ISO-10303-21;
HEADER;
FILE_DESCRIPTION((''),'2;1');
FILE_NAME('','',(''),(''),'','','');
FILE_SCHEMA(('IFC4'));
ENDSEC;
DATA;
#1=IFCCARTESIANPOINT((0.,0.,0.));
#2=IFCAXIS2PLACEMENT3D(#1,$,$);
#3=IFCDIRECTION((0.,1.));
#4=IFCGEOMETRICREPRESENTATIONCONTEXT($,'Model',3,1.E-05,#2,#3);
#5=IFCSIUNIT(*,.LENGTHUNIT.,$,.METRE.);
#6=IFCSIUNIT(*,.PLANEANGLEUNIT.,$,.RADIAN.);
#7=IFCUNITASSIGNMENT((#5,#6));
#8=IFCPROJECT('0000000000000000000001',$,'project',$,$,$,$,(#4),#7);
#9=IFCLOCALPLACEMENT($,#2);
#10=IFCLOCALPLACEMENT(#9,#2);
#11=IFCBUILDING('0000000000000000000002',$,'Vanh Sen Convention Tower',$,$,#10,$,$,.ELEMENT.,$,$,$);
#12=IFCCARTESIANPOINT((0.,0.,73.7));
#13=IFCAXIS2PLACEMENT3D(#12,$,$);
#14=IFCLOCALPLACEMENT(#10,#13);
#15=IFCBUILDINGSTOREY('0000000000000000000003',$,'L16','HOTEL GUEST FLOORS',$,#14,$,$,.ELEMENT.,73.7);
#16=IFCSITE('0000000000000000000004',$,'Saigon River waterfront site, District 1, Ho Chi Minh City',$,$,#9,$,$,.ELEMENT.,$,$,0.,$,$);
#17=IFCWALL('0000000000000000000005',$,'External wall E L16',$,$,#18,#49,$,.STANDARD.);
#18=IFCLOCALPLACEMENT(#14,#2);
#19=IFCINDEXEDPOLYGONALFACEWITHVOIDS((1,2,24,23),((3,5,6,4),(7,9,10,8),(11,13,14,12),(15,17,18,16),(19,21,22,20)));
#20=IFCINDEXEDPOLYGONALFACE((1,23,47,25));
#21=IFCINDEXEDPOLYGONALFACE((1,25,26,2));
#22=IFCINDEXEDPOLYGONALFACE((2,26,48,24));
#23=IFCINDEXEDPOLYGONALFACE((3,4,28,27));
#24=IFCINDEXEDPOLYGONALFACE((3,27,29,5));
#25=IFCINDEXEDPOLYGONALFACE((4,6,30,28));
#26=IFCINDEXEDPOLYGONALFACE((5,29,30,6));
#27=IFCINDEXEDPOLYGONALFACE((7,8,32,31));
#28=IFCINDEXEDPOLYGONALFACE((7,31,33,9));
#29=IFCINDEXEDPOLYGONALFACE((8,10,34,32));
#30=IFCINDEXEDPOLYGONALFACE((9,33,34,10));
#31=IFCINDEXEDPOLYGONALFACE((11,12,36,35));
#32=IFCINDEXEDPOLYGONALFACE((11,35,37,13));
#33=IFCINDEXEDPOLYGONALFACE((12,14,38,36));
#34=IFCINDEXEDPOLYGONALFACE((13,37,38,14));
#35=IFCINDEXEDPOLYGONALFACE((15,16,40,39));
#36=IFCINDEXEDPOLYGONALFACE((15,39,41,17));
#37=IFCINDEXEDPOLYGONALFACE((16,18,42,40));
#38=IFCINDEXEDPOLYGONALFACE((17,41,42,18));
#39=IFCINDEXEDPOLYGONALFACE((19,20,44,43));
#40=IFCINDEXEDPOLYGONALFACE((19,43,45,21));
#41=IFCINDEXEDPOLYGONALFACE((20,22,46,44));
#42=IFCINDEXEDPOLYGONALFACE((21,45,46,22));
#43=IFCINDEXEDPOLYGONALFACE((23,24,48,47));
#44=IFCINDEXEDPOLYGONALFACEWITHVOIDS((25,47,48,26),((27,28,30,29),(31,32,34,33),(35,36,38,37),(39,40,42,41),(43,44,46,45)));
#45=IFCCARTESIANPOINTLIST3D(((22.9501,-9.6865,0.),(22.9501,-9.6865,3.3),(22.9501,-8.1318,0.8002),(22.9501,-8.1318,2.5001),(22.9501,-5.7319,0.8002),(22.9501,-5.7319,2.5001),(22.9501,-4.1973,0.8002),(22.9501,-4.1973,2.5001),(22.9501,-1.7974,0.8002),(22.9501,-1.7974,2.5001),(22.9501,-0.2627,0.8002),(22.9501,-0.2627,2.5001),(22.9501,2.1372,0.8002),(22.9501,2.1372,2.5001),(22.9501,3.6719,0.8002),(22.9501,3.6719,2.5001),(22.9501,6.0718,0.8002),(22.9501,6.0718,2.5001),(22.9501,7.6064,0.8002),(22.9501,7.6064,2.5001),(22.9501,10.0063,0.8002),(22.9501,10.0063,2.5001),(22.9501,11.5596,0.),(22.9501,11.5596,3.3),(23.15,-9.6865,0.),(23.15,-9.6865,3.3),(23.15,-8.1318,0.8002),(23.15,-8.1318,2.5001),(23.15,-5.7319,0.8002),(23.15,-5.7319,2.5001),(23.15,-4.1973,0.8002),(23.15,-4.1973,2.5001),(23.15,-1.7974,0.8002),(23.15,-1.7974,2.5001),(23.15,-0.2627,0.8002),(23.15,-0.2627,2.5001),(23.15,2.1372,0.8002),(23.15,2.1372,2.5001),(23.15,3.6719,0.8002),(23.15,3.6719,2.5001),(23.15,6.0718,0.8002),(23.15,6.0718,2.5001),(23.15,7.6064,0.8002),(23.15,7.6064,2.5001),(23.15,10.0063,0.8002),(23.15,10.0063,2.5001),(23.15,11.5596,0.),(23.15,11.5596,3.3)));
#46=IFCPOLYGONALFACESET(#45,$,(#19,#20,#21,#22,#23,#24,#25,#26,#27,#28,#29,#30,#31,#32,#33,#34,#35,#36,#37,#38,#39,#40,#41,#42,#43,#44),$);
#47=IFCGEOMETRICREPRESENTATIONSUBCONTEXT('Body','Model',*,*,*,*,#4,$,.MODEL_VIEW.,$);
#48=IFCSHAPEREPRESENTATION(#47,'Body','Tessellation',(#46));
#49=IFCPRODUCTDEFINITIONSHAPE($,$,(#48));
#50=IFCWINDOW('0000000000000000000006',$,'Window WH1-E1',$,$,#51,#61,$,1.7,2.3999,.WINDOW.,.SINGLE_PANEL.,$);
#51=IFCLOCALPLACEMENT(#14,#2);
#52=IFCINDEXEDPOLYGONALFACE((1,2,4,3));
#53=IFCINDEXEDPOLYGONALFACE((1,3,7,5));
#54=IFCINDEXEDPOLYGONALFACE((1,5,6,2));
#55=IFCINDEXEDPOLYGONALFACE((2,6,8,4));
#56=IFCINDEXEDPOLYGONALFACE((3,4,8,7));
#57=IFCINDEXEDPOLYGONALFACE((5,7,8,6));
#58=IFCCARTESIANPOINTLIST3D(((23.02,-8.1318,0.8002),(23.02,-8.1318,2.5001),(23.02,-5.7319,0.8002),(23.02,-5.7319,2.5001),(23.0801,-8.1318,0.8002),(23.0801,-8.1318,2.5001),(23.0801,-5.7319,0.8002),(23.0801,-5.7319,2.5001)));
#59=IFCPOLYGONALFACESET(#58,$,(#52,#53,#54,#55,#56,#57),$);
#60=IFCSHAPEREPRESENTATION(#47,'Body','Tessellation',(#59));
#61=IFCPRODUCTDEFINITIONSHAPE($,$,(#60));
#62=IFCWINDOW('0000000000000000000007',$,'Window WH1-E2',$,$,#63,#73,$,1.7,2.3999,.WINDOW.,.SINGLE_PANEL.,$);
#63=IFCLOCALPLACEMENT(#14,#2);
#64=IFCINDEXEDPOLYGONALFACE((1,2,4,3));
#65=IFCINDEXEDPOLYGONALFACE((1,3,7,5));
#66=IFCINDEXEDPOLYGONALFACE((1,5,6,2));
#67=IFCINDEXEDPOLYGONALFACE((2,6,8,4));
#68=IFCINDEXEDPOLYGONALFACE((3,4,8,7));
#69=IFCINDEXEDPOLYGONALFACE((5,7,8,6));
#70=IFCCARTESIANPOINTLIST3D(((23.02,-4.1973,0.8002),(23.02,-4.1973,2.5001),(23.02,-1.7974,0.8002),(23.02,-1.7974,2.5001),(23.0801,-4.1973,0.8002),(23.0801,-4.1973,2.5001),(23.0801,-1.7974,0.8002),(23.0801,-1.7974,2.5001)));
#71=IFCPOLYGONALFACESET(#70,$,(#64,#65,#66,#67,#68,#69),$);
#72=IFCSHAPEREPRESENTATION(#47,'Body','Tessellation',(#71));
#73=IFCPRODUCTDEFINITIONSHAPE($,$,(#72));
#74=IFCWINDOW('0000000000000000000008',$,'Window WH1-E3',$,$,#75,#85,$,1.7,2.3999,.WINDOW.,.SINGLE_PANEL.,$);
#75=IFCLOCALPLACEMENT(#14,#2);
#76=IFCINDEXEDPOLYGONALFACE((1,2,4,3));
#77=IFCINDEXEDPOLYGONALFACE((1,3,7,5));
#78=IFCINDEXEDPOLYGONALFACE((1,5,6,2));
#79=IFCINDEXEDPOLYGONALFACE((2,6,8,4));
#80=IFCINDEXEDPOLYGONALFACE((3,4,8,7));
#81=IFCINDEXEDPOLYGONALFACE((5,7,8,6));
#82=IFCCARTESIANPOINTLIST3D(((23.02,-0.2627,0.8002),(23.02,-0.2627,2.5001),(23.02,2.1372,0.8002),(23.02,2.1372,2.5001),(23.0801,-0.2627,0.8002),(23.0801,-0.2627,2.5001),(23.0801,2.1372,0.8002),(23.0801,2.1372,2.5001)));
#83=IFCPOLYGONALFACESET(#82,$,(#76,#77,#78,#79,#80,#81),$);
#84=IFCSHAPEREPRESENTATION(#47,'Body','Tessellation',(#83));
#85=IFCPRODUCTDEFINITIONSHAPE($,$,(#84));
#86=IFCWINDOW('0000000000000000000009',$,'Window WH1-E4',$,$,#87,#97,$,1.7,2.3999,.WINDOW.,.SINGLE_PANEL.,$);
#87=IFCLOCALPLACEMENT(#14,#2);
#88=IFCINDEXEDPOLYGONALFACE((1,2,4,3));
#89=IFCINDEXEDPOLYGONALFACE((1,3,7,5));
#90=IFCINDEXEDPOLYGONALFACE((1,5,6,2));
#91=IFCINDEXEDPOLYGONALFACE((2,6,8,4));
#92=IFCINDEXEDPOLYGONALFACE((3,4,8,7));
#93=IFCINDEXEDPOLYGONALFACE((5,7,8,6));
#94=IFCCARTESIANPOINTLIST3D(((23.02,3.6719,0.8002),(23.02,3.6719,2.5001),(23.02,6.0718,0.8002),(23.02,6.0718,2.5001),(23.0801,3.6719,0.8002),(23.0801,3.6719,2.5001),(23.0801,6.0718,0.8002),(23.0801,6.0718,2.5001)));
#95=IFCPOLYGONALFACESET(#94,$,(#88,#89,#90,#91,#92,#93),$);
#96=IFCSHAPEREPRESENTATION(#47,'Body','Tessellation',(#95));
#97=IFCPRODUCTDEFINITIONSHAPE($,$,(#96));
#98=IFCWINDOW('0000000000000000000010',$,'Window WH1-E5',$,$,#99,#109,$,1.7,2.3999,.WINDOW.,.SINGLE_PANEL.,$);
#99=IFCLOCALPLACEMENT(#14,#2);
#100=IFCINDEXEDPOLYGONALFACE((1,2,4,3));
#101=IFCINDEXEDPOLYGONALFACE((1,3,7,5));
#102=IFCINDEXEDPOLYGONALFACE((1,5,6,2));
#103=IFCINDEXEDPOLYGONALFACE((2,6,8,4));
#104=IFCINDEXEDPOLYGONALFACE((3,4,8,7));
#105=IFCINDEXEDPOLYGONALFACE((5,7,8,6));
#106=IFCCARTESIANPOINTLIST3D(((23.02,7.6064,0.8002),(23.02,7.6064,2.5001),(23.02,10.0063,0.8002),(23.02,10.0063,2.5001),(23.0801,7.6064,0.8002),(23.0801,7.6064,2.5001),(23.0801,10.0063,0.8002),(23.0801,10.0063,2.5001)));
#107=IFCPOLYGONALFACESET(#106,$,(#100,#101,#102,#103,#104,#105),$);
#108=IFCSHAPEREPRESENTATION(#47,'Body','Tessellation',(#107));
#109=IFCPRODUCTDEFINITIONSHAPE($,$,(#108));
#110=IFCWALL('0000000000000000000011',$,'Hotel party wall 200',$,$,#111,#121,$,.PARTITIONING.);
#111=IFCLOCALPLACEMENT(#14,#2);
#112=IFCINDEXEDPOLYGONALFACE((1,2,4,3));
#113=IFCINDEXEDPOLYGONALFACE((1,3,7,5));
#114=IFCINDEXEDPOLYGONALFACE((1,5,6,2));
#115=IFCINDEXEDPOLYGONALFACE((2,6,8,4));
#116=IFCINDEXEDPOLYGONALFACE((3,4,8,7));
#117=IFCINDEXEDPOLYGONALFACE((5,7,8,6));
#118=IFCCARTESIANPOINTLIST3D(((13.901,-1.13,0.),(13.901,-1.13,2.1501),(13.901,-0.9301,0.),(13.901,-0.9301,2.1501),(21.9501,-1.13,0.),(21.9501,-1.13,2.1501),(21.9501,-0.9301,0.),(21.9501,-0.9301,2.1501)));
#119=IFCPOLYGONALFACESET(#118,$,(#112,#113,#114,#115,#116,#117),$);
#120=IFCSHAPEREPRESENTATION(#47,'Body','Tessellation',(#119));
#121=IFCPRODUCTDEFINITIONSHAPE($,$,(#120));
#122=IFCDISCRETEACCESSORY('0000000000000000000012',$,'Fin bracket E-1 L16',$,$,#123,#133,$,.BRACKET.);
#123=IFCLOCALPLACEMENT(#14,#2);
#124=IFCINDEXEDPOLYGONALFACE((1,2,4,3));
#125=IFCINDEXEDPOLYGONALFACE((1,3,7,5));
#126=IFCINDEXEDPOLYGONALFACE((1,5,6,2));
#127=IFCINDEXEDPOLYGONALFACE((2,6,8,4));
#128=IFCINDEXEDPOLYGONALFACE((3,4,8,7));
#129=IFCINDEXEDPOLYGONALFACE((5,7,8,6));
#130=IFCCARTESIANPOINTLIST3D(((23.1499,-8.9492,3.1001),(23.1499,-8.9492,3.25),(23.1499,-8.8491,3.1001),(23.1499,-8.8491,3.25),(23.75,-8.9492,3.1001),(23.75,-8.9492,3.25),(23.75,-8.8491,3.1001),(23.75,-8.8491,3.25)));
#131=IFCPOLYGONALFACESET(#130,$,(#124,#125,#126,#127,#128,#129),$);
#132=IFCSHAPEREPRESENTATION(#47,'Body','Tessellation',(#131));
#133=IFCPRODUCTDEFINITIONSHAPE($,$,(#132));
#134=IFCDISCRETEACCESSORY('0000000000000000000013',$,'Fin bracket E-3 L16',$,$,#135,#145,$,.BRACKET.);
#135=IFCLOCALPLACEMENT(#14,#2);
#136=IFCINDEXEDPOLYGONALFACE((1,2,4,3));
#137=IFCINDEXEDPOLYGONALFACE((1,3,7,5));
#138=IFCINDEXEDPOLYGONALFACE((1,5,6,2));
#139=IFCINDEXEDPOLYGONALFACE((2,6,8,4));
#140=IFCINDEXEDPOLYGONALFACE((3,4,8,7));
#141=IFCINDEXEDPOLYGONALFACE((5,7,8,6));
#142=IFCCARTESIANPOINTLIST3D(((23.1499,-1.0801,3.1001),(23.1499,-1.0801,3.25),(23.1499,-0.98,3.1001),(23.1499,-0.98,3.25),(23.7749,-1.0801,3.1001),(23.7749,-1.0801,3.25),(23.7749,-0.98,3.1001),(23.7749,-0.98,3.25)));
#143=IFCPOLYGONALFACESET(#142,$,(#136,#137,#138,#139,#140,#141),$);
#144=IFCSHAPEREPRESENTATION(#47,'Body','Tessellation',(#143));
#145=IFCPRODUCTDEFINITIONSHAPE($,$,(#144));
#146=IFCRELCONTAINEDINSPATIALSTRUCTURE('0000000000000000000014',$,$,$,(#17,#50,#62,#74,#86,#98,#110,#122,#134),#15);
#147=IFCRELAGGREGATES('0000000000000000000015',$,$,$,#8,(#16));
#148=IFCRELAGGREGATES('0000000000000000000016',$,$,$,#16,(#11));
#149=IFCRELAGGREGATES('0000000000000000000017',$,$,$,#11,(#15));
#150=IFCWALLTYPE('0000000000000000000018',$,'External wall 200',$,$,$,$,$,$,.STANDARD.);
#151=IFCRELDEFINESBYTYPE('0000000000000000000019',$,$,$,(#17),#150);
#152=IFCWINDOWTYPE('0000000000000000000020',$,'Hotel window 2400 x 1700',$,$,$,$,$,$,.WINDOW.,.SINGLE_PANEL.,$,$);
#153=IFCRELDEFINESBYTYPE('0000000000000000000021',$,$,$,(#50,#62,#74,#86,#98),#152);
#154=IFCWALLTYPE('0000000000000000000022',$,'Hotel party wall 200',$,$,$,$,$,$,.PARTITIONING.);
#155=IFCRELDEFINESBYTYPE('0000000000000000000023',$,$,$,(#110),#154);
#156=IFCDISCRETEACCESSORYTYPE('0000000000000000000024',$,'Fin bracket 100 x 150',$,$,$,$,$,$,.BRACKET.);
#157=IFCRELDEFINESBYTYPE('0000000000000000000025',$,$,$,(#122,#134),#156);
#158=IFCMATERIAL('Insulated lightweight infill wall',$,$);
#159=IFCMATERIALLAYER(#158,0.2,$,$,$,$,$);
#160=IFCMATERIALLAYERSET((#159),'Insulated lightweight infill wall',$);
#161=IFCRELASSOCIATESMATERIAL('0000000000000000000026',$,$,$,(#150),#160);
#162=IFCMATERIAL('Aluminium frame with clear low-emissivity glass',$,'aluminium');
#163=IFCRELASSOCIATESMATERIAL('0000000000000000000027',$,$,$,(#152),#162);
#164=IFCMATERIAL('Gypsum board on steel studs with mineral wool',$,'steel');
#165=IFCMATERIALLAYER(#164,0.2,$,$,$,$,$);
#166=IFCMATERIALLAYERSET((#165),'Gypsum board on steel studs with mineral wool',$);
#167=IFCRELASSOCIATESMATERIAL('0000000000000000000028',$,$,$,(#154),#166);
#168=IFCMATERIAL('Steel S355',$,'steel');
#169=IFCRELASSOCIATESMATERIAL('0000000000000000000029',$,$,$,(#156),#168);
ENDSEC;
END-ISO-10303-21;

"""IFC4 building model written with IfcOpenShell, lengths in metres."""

from ifc_helpers import new_model, si_unit, direction, frame, frame_2d, origin, origin_2d, place, context, subcontext, project, spatial, rectangle, extrude, material, layer, layer_set, type_object, element, fill, save


model = new_model("IFC4")

# Units and contexts
model_context = context("Model", 3, precision=1e-05, world=origin(), true_north=direction((0.0, 1.0)))
body_context = subcontext(model_context, "Body", "Model", "MODEL_VIEW")
ifc_project = project(units=[si_unit("LENGTHUNIT", "METRE"), si_unit("PLANEANGLEUNIT", "RADIAN")], contexts=[model_context])

# Site, building, storey
site_placement = place(None, origin())
site = spatial("IfcSite", under=ifc_project, at=site_placement, Name="Saigon River waterfront site, District 1, Ho Chi Minh City", CompositionType="ELEMENT", RefElevation=0.0)
building_placement = place(site_placement, origin())
building = spatial("IfcBuilding", under=site, at=building_placement, Name="Vanh Sen Convention Tower", CompositionType="ELEMENT")
storey_placement = place(building_placement, frame((0.0, 0.0, 73.7)))
storey = spatial("IfcBuildingStorey", under=building, at=storey_placement, Name="L16", Description="HOTEL GUEST FLOORS", CompositionType="ELEMENT", Elevation=73.7)

# Wall, openings, windows
ifc_material_1 = material(Name="Insulated lightweight infill wall")
ifc_layer_1 = layer(ifc_material_1, 0.2)
ifc_layer_set_1 = layer_set([ifc_layer_1], Name="Insulated lightweight infill wall")
wall_type_1 = type_object("IfcWallType", Name="External wall 200", PredefinedType="STANDARD", material=ifc_layer_set_1)
wall_1_placement = place(storey_placement, frame((23.05, -9.6865, 0.0), z_axis=(0.0, 0.0, 1.0), x_axis=(0.0, 1.0, 0.0)))
wall_1 = element("IfcWall", 1, at=wall_1_placement, inside=storey, type_object=wall_type_1, Name="External wall E L16", PredefinedType="STANDARD", context=body_context, shape_type="SweptSolid", body=[
    extrude(rectangle(XDim=21.2461, YDim=0.2, at=frame_2d((10.623, 0.0))), origin(), (0.0, 0.0, 1.0), 3.3),
])
opening_1_placement = place(wall_1_placement, frame((1.5547, 0.0, 0.8)))
opening_1 = element("IfcOpeningElement", 2, at=opening_1_placement, cuts=wall_1, PredefinedType="OPENING", context=body_context, shape_type="SweptSolid", body=[
    extrude(rectangle(XDim=2.3999, YDim=1.7, at=frame_2d((1.2, 0.8501))), frame((0.0, 0.1099, 0.0), z_axis=(0.0, -1.0, 0.0), x_axis=(1.0, 0.0, 0.0)), (0.0, 0.0, 1.0), 0.22),
])
opening_2_placement = place(wall_1_placement, frame((5.4893, 0.0, 0.8)))
opening_2 = element("IfcOpeningElement", 3, at=opening_2_placement, cuts=wall_1, PredefinedType="OPENING", context=body_context, shape_type="SweptSolid", body=[
    extrude(rectangle(XDim=2.3999, YDim=1.7, at=frame_2d((1.2, 0.8501))), frame((0.0, 0.1099, 0.0), z_axis=(0.0, -1.0, 0.0), x_axis=(1.0, 0.0, 0.0)), (0.0, 0.0, 1.0), 0.22),
])
opening_3_placement = place(wall_1_placement, frame((9.4238, 0.0, 0.8)))
opening_3 = element("IfcOpeningElement", 4, at=opening_3_placement, cuts=wall_1, PredefinedType="OPENING", context=body_context, shape_type="SweptSolid", body=[
    extrude(rectangle(XDim=2.3999, YDim=1.7, at=frame_2d((1.2, 0.8501))), frame((0.0, 0.1099, 0.0), z_axis=(0.0, -1.0, 0.0), x_axis=(1.0, 0.0, 0.0)), (0.0, 0.0, 1.0), 0.22),
])
opening_4_placement = place(wall_1_placement, frame((13.3584, 0.0, 0.8)))
opening_4 = element("IfcOpeningElement", 5, at=opening_4_placement, cuts=wall_1, PredefinedType="OPENING", context=body_context, shape_type="SweptSolid", body=[
    extrude(rectangle(XDim=2.3999, YDim=1.7, at=frame_2d((1.2, 0.8501))), frame((0.0, 0.1099, 0.0), z_axis=(0.0, -1.0, 0.0), x_axis=(1.0, 0.0, 0.0)), (0.0, 0.0, 1.0), 0.22),
])
opening_5_placement = place(wall_1_placement, frame((17.293, 0.0, 0.8)))
opening_5 = element("IfcOpeningElement", 6, at=opening_5_placement, cuts=wall_1, PredefinedType="OPENING", context=body_context, shape_type="SweptSolid", body=[
    extrude(rectangle(XDim=2.3999, YDim=1.7, at=frame_2d((1.2, 0.8501))), frame((0.0, 0.1099, 0.0), z_axis=(0.0, -1.0, 0.0), x_axis=(1.0, 0.0, 0.0)), (0.0, 0.0, 1.0), 0.22),
])
ifc_material_2 = material(Name="Aluminium frame with clear low-emissivity glass", Category="aluminium")
window_type = type_object("IfcWindowType", Name="Hotel window 2400 x 1700", PartitioningType="SINGLE_PANEL", PredefinedType="WINDOW", material=ifc_material_2)
window_1_placement = place(opening_1_placement, origin())
window_1 = element("IfcWindow", 7, at=window_1_placement, inside=storey, type_object=window_type, Name="Window WH1-E1", OverallHeight=1.7, OverallWidth=2.3999, PartitioningType="SINGLE_PANEL", PredefinedType="WINDOW", context=body_context, shape_type="SweptSolid", body=[
    extrude(rectangle(XDim=2.3999, YDim=1.7, at=frame_2d((1.2, 0.8501))), frame((0.0, 0.03, 0.0), z_axis=(0.0, -1.0, 0.0), x_axis=(1.0, 0.0, 0.0)), (0.0, 0.0, 1.0), 0.0601),
])
fill(opening_1, window_1)
window_2_placement = place(opening_2_placement, origin())
window_2 = element("IfcWindow", 8, at=window_2_placement, inside=storey, type_object=window_type, Name="Window WH1-E2", OverallHeight=1.7, OverallWidth=2.3999, PartitioningType="SINGLE_PANEL", PredefinedType="WINDOW", context=body_context, shape_type="SweptSolid", body=[
    extrude(rectangle(XDim=2.3999, YDim=1.7, at=frame_2d((1.2, 0.8501))), frame((0.0, 0.03, 0.0), z_axis=(0.0, -1.0, 0.0), x_axis=(1.0, 0.0, 0.0)), (0.0, 0.0, 1.0), 0.0601),
])
fill(opening_2, window_2)
window_3_placement = place(opening_3_placement, origin())
window_3 = element("IfcWindow", 9, at=window_3_placement, inside=storey, type_object=window_type, Name="Window WH1-E3", OverallHeight=1.7, OverallWidth=2.3999, PartitioningType="SINGLE_PANEL", PredefinedType="WINDOW", context=body_context, shape_type="SweptSolid", body=[
    extrude(rectangle(XDim=2.3999, YDim=1.7, at=frame_2d((1.2, 0.8501))), frame((0.0, 0.03, 0.0), z_axis=(0.0, -1.0, 0.0), x_axis=(1.0, 0.0, 0.0)), (0.0, 0.0, 1.0), 0.0601),
])
fill(opening_3, window_3)
window_4_placement = place(opening_4_placement, origin())
window_4 = element("IfcWindow", 10, at=window_4_placement, inside=storey, type_object=window_type, Name="Window WH1-E4", OverallHeight=1.7, OverallWidth=2.3999, PartitioningType="SINGLE_PANEL", PredefinedType="WINDOW", context=body_context, shape_type="SweptSolid", body=[
    extrude(rectangle(XDim=2.3999, YDim=1.7, at=frame_2d((1.2, 0.8501))), frame((0.0, 0.03, 0.0), z_axis=(0.0, -1.0, 0.0), x_axis=(1.0, 0.0, 0.0)), (0.0, 0.0, 1.0), 0.0601),
])
fill(opening_4, window_4)
window_5_placement = place(opening_5_placement, origin())
window_5 = element("IfcWindow", 11, at=window_5_placement, inside=storey, type_object=window_type, Name="Window WH1-E5", OverallHeight=1.7, OverallWidth=2.3999, PartitioningType="SINGLE_PANEL", PredefinedType="WINDOW", context=body_context, shape_type="SweptSolid", body=[
    extrude(rectangle(XDim=2.3999, YDim=1.7, at=frame_2d((1.2, 0.8501))), frame((0.0, 0.03, 0.0), z_axis=(0.0, -1.0, 0.0), x_axis=(1.0, 0.0, 0.0)), (0.0, 0.0, 1.0), 0.0601),
])
fill(opening_5, window_5)

# Wall
ifc_material_3 = material(Name="Gypsum board on steel studs with mineral wool", Category="steel")
ifc_layer_2 = layer(ifc_material_3, 0.2)
ifc_layer_set_2 = layer_set([ifc_layer_2], Name="Gypsum board on steel studs with mineral wool")
wall_type_2 = type_object("IfcWallType", Name="Hotel party wall 200", PredefinedType="PARTITIONING", material=ifc_layer_set_2)
wall_2_placement = place(storey_placement, frame((21.95, -1.03, 0.0), z_axis=(0.0, 0.0, 1.0), x_axis=(-1.0, 0.0, 0.0)))
element("IfcWall", 12, at=wall_2_placement, inside=storey, type_object=wall_type_2, Name="Hotel party wall 200", PredefinedType="PARTITIONING", context=body_context, shape_type="SweptSolid", body=[
    extrude(rectangle(XDim=8.0491, YDim=0.2, at=frame_2d((4.0244, 0.0))), origin(), (0.0, 0.0, 1.0), 2.1501),
])

# Discrete accessories
ifc_material_4 = material(Name="Steel S355", Category="steel")
discrete_accessory_type = type_object("IfcDiscreteAccessoryType", Name="Fin bracket 100 x 150", PredefinedType="BRACKET", material=ifc_material_4)
discrete_accessory_1_placement = place(storey_placement, frame((23.45, -8.8992, 3.1001), z_axis=(0.0, 0.0, 1.0), x_axis=(1.0, 0.0, 0.0)))
element("IfcDiscreteAccessory", 13, at=discrete_accessory_1_placement, inside=storey, type_object=discrete_accessory_type, Name="Fin bracket E-1 L16", PredefinedType="BRACKET", context=body_context, shape_type="SweptSolid", body=[
    extrude(rectangle(XDim=0.6001, YDim=0.1001, at=origin_2d()), origin(), (0.0, 0.0, 1.0), 0.1499),
])
discrete_accessory_2_placement = place(storey_placement, frame((23.4624, -1.03, 3.1001), z_axis=(0.0, 0.0, 1.0), x_axis=(1.0, 0.0, 0.0)))
element("IfcDiscreteAccessory", 14, at=discrete_accessory_2_placement, inside=storey, type_object=discrete_accessory_type, Name="Fin bracket E-3 L16", PredefinedType="BRACKET", context=body_context, shape_type="SweptSolid", body=[
    extrude(rectangle(XDim=0.625, YDim=0.1001, at=origin_2d()), origin(), (0.0, 0.0, 1.0), 0.1499),
])

save(model, "model.ifc")
